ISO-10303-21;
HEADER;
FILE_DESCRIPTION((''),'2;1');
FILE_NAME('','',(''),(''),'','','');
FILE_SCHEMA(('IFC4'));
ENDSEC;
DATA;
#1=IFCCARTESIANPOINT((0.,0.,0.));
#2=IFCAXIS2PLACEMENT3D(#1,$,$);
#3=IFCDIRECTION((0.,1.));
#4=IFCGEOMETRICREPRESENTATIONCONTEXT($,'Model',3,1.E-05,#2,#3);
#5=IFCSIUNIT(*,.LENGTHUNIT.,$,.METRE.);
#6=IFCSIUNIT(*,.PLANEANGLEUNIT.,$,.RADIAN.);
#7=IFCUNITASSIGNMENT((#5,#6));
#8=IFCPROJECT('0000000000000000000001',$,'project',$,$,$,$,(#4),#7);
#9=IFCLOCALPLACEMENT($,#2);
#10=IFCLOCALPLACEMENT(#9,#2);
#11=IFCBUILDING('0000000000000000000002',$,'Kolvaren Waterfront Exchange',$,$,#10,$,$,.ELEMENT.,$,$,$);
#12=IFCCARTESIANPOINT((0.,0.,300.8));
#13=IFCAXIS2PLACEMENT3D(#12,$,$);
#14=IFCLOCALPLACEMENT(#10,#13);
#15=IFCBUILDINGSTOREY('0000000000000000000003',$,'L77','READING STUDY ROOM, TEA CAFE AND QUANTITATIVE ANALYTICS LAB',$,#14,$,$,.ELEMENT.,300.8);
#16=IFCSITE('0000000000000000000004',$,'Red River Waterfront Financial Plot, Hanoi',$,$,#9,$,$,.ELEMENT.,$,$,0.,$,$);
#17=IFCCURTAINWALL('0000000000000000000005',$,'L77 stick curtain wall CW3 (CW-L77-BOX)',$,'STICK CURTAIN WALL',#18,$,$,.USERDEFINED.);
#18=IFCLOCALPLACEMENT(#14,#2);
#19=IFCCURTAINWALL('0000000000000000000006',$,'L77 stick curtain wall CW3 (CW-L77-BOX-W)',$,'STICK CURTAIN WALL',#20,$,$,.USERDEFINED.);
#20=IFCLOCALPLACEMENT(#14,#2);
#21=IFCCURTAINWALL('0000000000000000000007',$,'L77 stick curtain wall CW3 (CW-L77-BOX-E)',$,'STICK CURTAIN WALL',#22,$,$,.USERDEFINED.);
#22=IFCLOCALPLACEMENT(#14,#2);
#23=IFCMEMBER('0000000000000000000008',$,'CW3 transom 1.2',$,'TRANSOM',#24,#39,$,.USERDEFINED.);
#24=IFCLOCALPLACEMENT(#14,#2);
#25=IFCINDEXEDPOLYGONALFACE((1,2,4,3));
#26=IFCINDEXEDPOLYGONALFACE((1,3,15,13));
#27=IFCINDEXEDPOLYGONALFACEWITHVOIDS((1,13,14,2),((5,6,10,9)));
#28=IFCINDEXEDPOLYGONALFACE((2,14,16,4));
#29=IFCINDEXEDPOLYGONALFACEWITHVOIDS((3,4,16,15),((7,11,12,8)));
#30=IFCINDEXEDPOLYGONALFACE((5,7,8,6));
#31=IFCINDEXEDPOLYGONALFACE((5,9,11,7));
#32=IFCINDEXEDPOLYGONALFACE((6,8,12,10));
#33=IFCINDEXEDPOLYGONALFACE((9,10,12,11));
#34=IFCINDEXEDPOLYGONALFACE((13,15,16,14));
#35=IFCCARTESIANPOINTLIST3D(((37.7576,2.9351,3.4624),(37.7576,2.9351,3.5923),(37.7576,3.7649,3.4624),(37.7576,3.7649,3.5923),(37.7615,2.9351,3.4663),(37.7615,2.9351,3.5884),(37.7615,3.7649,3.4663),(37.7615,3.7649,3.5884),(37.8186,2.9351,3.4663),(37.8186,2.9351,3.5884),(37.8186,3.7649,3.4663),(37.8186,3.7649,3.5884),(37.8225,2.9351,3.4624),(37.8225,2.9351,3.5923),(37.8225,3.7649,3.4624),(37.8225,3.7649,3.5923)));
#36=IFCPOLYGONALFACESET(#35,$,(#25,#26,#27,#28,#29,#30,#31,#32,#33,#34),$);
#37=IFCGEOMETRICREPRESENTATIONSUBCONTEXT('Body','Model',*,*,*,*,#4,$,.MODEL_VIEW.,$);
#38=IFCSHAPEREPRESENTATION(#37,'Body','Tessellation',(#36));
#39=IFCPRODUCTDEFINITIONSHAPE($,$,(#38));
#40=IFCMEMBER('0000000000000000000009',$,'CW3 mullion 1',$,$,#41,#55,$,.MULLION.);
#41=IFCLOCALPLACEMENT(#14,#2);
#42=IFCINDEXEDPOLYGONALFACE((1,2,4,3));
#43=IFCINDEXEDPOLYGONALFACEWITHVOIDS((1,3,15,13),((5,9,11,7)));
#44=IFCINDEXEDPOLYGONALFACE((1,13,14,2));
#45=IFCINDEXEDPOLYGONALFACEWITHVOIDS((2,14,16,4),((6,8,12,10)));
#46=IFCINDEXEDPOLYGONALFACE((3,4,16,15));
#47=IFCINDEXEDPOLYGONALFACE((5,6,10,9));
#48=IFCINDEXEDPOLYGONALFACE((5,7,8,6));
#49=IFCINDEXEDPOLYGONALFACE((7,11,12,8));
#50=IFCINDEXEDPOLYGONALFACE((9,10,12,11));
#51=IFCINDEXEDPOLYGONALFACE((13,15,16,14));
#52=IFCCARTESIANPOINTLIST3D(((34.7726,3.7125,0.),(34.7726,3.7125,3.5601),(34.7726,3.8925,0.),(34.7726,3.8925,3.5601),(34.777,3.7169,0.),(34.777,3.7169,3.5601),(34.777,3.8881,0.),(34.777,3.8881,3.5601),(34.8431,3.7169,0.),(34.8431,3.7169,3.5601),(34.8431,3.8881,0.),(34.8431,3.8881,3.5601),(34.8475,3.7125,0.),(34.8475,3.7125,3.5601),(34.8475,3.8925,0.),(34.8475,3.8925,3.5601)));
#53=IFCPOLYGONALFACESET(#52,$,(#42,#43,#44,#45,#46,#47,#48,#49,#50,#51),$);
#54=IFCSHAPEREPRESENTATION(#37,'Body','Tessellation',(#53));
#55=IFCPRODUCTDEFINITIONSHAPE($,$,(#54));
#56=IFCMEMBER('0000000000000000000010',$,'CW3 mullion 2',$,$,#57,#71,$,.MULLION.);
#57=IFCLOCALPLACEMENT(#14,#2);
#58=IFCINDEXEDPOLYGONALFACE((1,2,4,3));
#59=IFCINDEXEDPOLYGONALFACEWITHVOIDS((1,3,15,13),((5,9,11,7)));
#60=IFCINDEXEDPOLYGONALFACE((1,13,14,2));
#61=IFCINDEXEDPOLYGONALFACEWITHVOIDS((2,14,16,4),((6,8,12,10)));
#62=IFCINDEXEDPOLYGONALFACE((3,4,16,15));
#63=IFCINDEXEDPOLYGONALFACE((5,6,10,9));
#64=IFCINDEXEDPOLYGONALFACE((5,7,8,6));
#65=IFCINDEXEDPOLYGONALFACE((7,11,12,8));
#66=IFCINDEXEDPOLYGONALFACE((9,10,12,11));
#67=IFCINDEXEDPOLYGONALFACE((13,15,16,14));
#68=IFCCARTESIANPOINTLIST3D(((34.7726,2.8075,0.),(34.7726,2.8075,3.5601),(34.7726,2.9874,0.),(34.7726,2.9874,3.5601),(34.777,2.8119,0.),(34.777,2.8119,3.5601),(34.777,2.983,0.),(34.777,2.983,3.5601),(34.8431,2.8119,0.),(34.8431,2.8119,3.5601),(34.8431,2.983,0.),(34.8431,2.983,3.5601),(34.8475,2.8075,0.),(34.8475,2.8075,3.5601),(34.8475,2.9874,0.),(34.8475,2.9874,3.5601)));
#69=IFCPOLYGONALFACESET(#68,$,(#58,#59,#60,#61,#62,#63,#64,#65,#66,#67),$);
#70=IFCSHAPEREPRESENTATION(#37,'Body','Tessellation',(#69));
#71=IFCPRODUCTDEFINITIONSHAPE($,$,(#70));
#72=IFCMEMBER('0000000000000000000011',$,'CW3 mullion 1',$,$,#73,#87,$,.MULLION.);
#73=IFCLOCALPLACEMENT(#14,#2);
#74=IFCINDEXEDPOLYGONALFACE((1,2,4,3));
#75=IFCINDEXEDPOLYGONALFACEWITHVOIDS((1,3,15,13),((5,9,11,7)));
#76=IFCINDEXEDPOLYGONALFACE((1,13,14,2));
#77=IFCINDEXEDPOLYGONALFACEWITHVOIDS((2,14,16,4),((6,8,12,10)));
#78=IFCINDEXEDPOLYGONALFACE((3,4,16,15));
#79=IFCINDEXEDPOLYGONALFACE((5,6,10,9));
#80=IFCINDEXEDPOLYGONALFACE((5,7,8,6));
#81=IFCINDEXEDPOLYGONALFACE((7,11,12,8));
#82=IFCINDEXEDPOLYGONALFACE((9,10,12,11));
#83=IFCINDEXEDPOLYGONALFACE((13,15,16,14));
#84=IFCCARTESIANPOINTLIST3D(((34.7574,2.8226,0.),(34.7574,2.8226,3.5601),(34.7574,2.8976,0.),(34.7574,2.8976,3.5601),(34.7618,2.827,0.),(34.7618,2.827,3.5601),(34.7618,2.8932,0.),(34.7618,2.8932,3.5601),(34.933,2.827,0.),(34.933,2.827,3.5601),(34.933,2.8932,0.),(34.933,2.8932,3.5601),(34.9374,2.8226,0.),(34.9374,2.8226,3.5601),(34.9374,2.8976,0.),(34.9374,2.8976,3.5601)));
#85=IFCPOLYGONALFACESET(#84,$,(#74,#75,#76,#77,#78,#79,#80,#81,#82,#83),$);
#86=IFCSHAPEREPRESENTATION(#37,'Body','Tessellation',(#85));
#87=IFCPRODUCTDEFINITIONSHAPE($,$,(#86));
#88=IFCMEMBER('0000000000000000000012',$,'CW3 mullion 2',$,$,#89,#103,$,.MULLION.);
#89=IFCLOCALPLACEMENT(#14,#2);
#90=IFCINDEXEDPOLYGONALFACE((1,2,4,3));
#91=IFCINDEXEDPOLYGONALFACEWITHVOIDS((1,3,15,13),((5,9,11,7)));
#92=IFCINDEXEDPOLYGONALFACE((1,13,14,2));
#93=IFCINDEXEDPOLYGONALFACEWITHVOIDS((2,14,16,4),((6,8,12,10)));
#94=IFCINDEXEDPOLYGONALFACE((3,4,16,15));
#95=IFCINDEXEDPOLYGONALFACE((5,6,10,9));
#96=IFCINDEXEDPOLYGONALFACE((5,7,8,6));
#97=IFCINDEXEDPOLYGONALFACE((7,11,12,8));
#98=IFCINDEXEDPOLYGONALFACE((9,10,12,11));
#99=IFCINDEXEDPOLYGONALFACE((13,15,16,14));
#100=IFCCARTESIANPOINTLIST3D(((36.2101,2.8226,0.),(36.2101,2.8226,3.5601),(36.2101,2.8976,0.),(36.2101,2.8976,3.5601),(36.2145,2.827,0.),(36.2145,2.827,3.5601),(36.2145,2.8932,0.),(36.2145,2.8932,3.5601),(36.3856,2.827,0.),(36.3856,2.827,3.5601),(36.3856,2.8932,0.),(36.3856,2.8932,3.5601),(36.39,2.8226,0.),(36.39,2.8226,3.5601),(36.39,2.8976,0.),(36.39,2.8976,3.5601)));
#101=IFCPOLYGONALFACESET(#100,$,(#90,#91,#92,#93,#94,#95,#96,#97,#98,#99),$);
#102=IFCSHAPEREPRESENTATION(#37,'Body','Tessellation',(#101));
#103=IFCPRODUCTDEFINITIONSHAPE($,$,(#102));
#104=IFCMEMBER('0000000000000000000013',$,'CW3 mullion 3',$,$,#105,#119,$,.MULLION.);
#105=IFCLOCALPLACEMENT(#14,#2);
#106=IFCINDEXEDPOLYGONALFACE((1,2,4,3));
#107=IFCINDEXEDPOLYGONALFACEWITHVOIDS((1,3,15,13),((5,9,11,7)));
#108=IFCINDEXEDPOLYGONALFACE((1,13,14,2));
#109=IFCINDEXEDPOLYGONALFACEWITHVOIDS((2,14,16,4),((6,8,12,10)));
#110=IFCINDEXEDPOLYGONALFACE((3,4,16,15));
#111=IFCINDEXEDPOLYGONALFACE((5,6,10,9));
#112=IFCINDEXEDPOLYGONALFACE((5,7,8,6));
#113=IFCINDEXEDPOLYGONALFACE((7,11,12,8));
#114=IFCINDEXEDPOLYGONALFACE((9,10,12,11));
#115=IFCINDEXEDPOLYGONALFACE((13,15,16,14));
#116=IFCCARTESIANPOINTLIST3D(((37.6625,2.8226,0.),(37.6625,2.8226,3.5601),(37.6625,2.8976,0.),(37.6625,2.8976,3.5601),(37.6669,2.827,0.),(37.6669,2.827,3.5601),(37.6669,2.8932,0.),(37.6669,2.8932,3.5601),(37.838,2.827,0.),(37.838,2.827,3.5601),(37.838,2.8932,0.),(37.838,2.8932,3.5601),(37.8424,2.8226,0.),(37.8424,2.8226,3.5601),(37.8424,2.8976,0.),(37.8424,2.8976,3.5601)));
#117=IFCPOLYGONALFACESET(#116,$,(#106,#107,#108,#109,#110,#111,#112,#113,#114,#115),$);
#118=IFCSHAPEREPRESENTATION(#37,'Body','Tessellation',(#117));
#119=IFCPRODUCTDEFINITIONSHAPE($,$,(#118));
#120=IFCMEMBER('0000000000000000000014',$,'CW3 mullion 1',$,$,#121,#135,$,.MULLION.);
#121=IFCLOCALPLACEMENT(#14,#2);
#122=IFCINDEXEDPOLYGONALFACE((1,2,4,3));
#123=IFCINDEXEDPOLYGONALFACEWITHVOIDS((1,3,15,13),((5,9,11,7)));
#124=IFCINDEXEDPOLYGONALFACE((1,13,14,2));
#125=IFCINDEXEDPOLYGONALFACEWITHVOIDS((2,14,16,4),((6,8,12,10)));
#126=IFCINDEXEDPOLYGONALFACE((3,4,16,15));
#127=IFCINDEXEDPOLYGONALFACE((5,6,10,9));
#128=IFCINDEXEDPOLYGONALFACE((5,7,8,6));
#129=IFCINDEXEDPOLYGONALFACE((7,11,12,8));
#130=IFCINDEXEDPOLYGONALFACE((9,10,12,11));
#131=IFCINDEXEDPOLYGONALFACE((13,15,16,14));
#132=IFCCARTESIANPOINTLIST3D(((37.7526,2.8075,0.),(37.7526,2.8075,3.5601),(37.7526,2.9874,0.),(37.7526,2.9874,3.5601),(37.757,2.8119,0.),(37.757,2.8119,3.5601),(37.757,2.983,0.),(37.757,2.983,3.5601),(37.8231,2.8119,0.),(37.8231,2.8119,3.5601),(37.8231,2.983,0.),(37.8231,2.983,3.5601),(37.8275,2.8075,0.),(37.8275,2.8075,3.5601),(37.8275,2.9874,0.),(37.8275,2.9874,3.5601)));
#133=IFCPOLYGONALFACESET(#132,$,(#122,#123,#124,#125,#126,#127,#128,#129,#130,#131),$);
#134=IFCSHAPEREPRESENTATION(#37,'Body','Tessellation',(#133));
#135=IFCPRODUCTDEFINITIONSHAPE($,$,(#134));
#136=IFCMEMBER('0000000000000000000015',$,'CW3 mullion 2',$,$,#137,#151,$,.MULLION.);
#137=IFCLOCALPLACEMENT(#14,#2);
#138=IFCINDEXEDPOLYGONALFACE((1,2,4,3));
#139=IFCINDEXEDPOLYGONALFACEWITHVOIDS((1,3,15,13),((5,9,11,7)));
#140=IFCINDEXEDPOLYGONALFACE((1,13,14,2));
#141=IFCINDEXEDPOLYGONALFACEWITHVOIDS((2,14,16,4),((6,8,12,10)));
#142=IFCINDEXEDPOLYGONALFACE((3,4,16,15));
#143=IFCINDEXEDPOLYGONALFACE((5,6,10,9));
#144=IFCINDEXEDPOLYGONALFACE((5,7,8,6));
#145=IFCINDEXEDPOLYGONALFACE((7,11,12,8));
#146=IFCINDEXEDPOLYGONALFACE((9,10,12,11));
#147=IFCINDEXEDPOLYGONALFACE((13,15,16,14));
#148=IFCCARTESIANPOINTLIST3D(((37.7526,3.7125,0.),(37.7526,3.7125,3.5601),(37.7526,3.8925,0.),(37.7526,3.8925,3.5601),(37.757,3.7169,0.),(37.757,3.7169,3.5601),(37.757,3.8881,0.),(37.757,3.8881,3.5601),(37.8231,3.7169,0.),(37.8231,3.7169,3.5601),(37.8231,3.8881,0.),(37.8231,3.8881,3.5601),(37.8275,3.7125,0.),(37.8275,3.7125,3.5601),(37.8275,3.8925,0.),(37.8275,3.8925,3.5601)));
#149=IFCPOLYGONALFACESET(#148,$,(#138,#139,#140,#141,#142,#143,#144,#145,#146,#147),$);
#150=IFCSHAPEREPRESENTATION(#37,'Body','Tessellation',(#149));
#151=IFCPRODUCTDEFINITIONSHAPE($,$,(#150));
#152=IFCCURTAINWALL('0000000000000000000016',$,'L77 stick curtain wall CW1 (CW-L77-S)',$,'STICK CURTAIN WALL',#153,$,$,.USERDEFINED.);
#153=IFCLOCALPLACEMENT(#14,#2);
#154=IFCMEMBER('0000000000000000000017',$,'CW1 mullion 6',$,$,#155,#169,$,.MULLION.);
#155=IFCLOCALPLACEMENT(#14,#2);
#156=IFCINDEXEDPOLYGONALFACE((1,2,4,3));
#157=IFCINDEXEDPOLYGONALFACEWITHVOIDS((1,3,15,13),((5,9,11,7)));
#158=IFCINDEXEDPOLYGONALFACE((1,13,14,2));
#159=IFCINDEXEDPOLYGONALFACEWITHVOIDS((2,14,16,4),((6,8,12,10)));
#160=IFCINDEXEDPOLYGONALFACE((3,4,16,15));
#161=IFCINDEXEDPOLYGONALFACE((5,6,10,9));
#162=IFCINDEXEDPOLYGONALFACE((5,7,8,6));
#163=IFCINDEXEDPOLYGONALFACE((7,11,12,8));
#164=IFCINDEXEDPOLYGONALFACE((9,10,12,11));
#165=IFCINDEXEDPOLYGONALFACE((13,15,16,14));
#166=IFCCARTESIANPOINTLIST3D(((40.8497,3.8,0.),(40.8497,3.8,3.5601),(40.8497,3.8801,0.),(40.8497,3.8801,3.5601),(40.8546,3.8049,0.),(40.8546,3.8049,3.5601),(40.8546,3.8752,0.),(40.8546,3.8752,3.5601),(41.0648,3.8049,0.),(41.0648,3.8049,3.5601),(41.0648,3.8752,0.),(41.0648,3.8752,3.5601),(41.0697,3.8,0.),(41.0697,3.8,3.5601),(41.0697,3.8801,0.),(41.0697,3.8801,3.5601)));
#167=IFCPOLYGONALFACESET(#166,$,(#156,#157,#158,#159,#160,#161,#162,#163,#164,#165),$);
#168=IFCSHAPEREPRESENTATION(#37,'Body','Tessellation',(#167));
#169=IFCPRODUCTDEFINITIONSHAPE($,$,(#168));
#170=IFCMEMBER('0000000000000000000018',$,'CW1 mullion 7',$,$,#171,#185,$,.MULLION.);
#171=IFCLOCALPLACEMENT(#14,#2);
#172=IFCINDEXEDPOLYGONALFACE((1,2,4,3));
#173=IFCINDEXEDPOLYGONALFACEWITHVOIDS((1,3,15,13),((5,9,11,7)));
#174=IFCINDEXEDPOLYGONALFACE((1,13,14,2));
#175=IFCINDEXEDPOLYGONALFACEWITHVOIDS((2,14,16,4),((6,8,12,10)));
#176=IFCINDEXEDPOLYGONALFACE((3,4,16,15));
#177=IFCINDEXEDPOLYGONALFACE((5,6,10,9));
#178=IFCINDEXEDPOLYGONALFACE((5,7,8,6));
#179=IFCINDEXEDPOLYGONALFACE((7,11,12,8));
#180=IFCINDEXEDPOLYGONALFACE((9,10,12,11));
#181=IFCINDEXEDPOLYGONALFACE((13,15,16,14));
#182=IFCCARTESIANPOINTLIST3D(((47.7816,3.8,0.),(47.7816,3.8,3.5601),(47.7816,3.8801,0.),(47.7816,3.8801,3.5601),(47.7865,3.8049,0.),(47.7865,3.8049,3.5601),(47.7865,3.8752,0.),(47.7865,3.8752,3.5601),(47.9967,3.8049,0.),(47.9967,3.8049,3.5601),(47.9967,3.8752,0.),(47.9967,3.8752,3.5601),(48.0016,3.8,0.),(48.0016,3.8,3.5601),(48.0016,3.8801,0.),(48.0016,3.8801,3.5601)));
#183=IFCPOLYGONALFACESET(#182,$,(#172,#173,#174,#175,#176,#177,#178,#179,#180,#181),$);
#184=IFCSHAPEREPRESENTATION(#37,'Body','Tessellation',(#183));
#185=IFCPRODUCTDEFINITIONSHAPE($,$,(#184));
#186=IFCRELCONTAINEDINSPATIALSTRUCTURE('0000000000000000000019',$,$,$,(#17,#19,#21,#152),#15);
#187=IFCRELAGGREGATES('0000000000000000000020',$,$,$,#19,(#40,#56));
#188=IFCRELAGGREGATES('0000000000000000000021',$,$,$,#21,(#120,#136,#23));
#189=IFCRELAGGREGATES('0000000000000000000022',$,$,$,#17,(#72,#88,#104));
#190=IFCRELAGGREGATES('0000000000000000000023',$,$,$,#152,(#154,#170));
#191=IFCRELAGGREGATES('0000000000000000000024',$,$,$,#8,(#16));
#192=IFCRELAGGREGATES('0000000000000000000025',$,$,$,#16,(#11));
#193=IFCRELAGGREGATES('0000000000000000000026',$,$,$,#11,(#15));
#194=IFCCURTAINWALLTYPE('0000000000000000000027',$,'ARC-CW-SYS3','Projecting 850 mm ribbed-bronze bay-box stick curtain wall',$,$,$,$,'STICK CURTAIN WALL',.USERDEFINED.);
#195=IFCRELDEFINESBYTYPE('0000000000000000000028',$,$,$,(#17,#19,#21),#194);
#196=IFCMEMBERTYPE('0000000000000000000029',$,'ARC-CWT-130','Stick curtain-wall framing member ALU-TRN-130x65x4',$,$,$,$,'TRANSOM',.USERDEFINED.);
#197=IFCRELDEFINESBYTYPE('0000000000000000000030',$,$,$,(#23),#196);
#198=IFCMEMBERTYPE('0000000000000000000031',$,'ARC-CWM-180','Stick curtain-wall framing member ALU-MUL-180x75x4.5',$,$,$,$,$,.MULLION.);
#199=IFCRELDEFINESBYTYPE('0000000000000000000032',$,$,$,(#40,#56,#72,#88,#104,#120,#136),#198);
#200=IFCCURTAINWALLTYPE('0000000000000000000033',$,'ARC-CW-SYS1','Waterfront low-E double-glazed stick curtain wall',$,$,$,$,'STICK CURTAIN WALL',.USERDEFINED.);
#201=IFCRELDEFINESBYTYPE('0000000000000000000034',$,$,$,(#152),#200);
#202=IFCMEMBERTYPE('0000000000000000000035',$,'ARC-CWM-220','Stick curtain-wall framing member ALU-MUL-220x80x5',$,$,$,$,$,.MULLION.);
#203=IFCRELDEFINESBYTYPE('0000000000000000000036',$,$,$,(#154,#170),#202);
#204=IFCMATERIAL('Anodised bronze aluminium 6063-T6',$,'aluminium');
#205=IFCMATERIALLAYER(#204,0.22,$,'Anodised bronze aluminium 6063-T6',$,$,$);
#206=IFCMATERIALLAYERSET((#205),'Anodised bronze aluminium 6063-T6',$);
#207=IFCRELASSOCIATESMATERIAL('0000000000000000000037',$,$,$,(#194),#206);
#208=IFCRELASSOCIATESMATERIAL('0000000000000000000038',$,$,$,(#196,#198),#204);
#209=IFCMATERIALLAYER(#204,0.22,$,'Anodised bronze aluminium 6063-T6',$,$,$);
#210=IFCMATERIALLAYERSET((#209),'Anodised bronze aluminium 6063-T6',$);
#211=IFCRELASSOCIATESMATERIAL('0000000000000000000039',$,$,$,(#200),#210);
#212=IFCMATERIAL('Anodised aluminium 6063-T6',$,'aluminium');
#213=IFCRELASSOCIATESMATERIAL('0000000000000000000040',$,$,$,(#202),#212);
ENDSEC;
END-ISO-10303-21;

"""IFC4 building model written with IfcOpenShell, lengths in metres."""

from ifc_helpers import new_model, si_unit, direction, frame, origin, origin_with_axes, origin_2d, place, context, subcontext, project, spatial, hollow_rectangle, extrude, source, transform, mapped, material, layer, layer_set, material_profile, profile_set, type_object, element, aggregate, save


model = new_model("IFC4")

# Units and contexts
model_context = context("Model", 3, precision=1e-05, world=origin(), true_north=direction((0.0, 1.0)))
body_context = subcontext(model_context, "Body", "Model", "MODEL_VIEW")
ifc_project = project(units=[si_unit("LENGTHUNIT", "METRE"), si_unit("PLANEANGLEUNIT", "RADIAN")], contexts=[model_context])

# Site, building, storey
site_placement = place(None, origin())
site = spatial("IfcSite", under=ifc_project, at=site_placement, Name="Red River Waterfront Financial Plot, Hanoi", CompositionType="ELEMENT", RefElevation=0.0)
building_placement = place(site_placement, origin())
building = spatial("IfcBuilding", under=site, at=building_placement, Name="Kolvaren Waterfront Exchange", CompositionType="ELEMENT")
storey_placement = place(building_placement, frame((0.0, 0.0, 300.8)))
storey = spatial("IfcBuildingStorey", under=building, at=storey_placement, Name="L77", Description="READING STUDY ROOM, TEA CAFE AND QUANTITATIVE ANALYTICS LAB", CompositionType="ELEMENT", Elevation=300.8)

# Curtain walls, member
ifc_material_1 = material(Name="Anodised bronze aluminium 6063-T6", Category="aluminium")
ifc_layer_1 = layer(ifc_material_1, 0.22, Name="Anodised bronze aluminium 6063-T6")
ifc_layer_set_1 = layer_set([ifc_layer_1], Name="Anodised bronze aluminium 6063-T6")
curtain_wall_type_1 = type_object("IfcCurtainWallType", Name="ARC-CW-SYS3", Description="Projecting 850 mm ribbed-bronze bay-box stick curtain wall", ElementType="STICK CURTAIN WALL", PredefinedType="USERDEFINED", material=ifc_layer_set_1)
curtain_wall_1_placement = place(storey_placement, origin())
curtain_wall_1 = element("IfcCurtainWall", 1, at=curtain_wall_1_placement, inside=storey, type_object=curtain_wall_type_1, Name="L77 stick curtain wall CW3 (CW-L77-BOX)", ObjectType="STICK CURTAIN WALL", PredefinedType="USERDEFINED")
ifc_material_profile_1 = material_profile(ifc_material_1, hollow_rectangle(XDim=0.0649, YDim=0.1299, WallThickness=0.0039, at=origin_2d()), Name="ALU-TRN-130x65x4")
ifc_profile_set_1 = profile_set([ifc_material_profile_1], Name="Anodised bronze aluminium 6063-T6")
member_type_1 = type_object("IfcMemberType", Name="ARC-CWT-130", Description="Stick curtain-wall framing member ALU-TRN-130x65x4", ElementType="TRANSOM", PredefinedType="USERDEFINED", material=ifc_profile_set_1)
curtain_wall_2_placement = place(storey_placement, origin())
curtain_wall_2 = element("IfcCurtainWall", 2, at=curtain_wall_2_placement, inside=storey, type_object=curtain_wall_type_1, Name="L77 stick curtain wall CW3 (CW-L77-BOX-W)", ObjectType="STICK CURTAIN WALL", PredefinedType="USERDEFINED")
shared_shape_1 = source(origin_with_axes(), body_context, "Body", "SweptSolid", [
    extrude(hollow_rectangle(XDim=0.0649, YDim=0.1299, WallThickness=0.0039, at=origin_2d()), origin(), (0.0, 0.0, 1.0), 0.8298),
])
curtain_wall_3_placement = place(storey_placement, origin())
curtain_wall_3 = element("IfcCurtainWall", 3, at=curtain_wall_3_placement, inside=storey, type_object=curtain_wall_type_1, Name="L77 stick curtain wall CW3 (CW-L77-BOX-E)", ObjectType="STICK CURTAIN WALL", PredefinedType="USERDEFINED")
member_1_placement = place(storey_placement, frame((37.79, 2.9351, 3.5273), z_axis=(0.0, 1.0, 0.0), x_axis=(-1.0, 0.0, 0.0)))
member_1 = element("IfcMember", 4, at=member_1_placement, type_object=member_type_1, Name="CW3 transom 1.2", ObjectType="TRANSOM", PredefinedType="USERDEFINED", context=body_context, shape_type="MappedRepresentation", body=[
    mapped(shared_shape_1, transform((0.0, 0.0, 0.0), x_axis=(1.0, 0.0, 0.0), y_axis=(0.0, 1.0, 0.0), z_axis=(0.0, 0.0, 1.0), scale=1.0)),
])

# Members
ifc_material_profile_2 = material_profile(ifc_material_1, hollow_rectangle(XDim=0.075, YDim=0.1799, WallThickness=0.0044, at=origin_2d()), Name="ALU-MUL-180x75x4.5")
ifc_profile_set_2 = profile_set([ifc_material_profile_2], Name="Anodised bronze aluminium 6063-T6")
member_type_2 = type_object("IfcMemberType", Name="ARC-CWM-180", Description="Stick curtain-wall framing member ALU-MUL-180x75x4.5", PredefinedType="MULLION", material=ifc_profile_set_2)
shared_shape_2 = source(origin_with_axes(), body_context, "Body", "SweptSolid", [
    extrude(hollow_rectangle(XDim=0.075, YDim=0.1799, WallThickness=0.0044, at=origin_2d()), origin(), (0.0, 0.0, 1.0), 3.5601),
])
member_2_placement = place(storey_placement, frame((34.8101, 3.8025, 0.0), z_axis=(0.0, 0.0, 1.0), x_axis=(1.0, 0.0, 0.0)))
member_2 = element("IfcMember", 5, at=member_2_placement, type_object=member_type_2, Name="CW3 mullion 1", PredefinedType="MULLION", context=body_context, shape_type="MappedRepresentation", body=[
    mapped(shared_shape_2, transform((0.0, 0.0, 0.0), x_axis=(1.0, 0.0, 0.0), y_axis=(0.0, 1.0, 0.0), z_axis=(0.0, 0.0, 1.0), scale=1.0)),
])
member_3_placement = place(storey_placement, frame((34.8101, 2.8975, 0.0), z_axis=(0.0, 0.0, 1.0), x_axis=(1.0, 0.0, 0.0)))
member_3 = element("IfcMember", 6, at=member_3_placement, type_object=member_type_2, Name="CW3 mullion 2", PredefinedType="MULLION", context=body_context, shape_type="MappedRepresentation", body=[
    mapped(shared_shape_2, transform((0.0, 0.0, 0.0), x_axis=(1.0, 0.0, 0.0), y_axis=(0.0, 1.0, 0.0), z_axis=(0.0, 0.0, 1.0), scale=1.0)),
])
member_4_placement = place(storey_placement, frame((34.8474, 2.8601, 0.0), z_axis=(0.0, 0.0, 1.0), x_axis=(0.0, 1.0, 0.0)))
member_4 = element("IfcMember", 7, at=member_4_placement, type_object=member_type_2, Name="CW3 mullion 1", PredefinedType="MULLION", context=body_context, shape_type="MappedRepresentation", body=[
    mapped(shared_shape_2, transform((0.0, 0.0, 0.0), x_axis=(1.0, 0.0, 0.0), y_axis=(0.0, 1.0, 0.0), z_axis=(0.0, 0.0, 1.0), scale=1.0)),
])
member_5_placement = place(storey_placement, frame((36.3, 2.8601, 0.0), z_axis=(0.0, 0.0, 1.0), x_axis=(0.0, 1.0, 0.0)))
member_5 = element("IfcMember", 8, at=member_5_placement, type_object=member_type_2, Name="CW3 mullion 2", PredefinedType="MULLION", context=body_context, shape_type="MappedRepresentation", body=[
    mapped(shared_shape_2, transform((0.0, 0.0, 0.0), x_axis=(1.0, 0.0, 0.0), y_axis=(0.0, 1.0, 0.0), z_axis=(0.0, 0.0, 1.0), scale=1.0)),
])
member_6_placement = place(storey_placement, frame((37.7524, 2.8601, 0.0), z_axis=(0.0, 0.0, 1.0), x_axis=(0.0, 1.0, 0.0)))
member_6 = element("IfcMember", 9, at=member_6_placement, type_object=member_type_2, Name="CW3 mullion 3", PredefinedType="MULLION", context=body_context, shape_type="MappedRepresentation", body=[
    mapped(shared_shape_2, transform((0.0, 0.0, 0.0), x_axis=(1.0, 0.0, 0.0), y_axis=(0.0, 1.0, 0.0), z_axis=(0.0, 0.0, 1.0), scale=1.0)),
])
member_7_placement = place(storey_placement, frame((37.79, 2.8975, 0.0), z_axis=(0.0, 0.0, 1.0), x_axis=(-1.0, 0.0, 0.0)))
member_7 = element("IfcMember", 10, at=member_7_placement, type_object=member_type_2, Name="CW3 mullion 1", PredefinedType="MULLION", context=body_context, shape_type="MappedRepresentation", body=[
    mapped(shared_shape_2, transform((0.0, 0.0, 0.0), x_axis=(1.0, 0.0, 0.0), y_axis=(0.0, 1.0, 0.0), z_axis=(0.0, 0.0, 1.0), scale=1.0)),
])
member_8_placement = place(storey_placement, frame((37.79, 3.8025, 0.0), z_axis=(0.0, 0.0, 1.0), x_axis=(-1.0, 0.0, 0.0)))
member_8 = element("IfcMember", 11, at=member_8_placement, type_object=member_type_2, Name="CW3 mullion 2", PredefinedType="MULLION", context=body_context, shape_type="MappedRepresentation", body=[
    mapped(shared_shape_2, transform((0.0, 0.0, 0.0), x_axis=(1.0, 0.0, 0.0), y_axis=(0.0, 1.0, 0.0), z_axis=(0.0, 0.0, 1.0), scale=1.0)),
])

# Curtain wall, members
ifc_layer_2 = layer(ifc_material_1, 0.22, Name="Anodised bronze aluminium 6063-T6")
ifc_layer_set_2 = layer_set([ifc_layer_2], Name="Anodised bronze aluminium 6063-T6")
curtain_wall_type_2 = type_object("IfcCurtainWallType", Name="ARC-CW-SYS1", Description="Waterfront low-E double-glazed stick curtain wall", ElementType="STICK CURTAIN WALL", PredefinedType="USERDEFINED", material=ifc_layer_set_2)
curtain_wall_4_placement = place(storey_placement, origin())
curtain_wall_4 = element("IfcCurtainWall", 12, at=curtain_wall_4_placement, inside=storey, type_object=curtain_wall_type_2, Name="L77 stick curtain wall CW1 (CW-L77-S)", ObjectType="STICK CURTAIN WALL", PredefinedType="USERDEFINED")
ifc_material_2 = material(Name="Anodised aluminium 6063-T6", Category="aluminium")
ifc_material_profile_3 = material_profile(ifc_material_2, hollow_rectangle(XDim=0.0801, YDim=0.22, WallThickness=0.0049, at=origin_2d()), Name="ALU-MUL-220x80x5")
ifc_profile_set_3 = profile_set([ifc_material_profile_3], Name="Anodised aluminium 6063-T6")
member_type_3 = type_object("IfcMemberType", Name="ARC-CWM-220", Description="Stick curtain-wall framing member ALU-MUL-220x80x5", PredefinedType="MULLION", material=ifc_profile_set_3)
shared_shape_3 = source(origin_with_axes(), body_context, "Body", "SweptSolid", [
    extrude(hollow_rectangle(XDim=0.0801, YDim=0.22, WallThickness=0.0049, at=origin_2d()), origin(), (0.0, 0.0, 1.0), 3.5601),
])
member_9_placement = place(storey_placement, frame((40.9597, 3.8401, 0.0), z_axis=(0.0, 0.0, 1.0), x_axis=(0.0, 1.0, 0.0)))
member_9 = element("IfcMember", 13, at=member_9_placement, type_object=member_type_3, Name="CW1 mullion 6", PredefinedType="MULLION", context=body_context, shape_type="MappedRepresentation", body=[
    mapped(shared_shape_3, transform((0.0, 0.0, 0.0), x_axis=(1.0, 0.0, 0.0), y_axis=(0.0, 1.0, 0.0), z_axis=(0.0, 0.0, 1.0), scale=1.0)),
])
member_10_placement = place(storey_placement, frame((47.8916, 3.8401, 0.0), z_axis=(0.0, 0.0, 1.0), x_axis=(0.0, 1.0, 0.0)))
member_10 = element("IfcMember", 14, at=member_10_placement, type_object=member_type_3, Name="CW1 mullion 7", PredefinedType="MULLION", context=body_context, shape_type="MappedRepresentation", body=[
    mapped(shared_shape_3, transform((0.0, 0.0, 0.0), x_axis=(1.0, 0.0, 0.0), y_axis=(0.0, 1.0, 0.0), z_axis=(0.0, 0.0, 1.0), scale=1.0)),
])

aggregate(curtain_wall_2, [member_2, member_3])
aggregate(curtain_wall_3, [member_7, member_8, member_1])
aggregate(curtain_wall_1, [member_4, member_5, member_6])
aggregate(curtain_wall_4, [member_9, member_10])

save(model, "model.ifc")
